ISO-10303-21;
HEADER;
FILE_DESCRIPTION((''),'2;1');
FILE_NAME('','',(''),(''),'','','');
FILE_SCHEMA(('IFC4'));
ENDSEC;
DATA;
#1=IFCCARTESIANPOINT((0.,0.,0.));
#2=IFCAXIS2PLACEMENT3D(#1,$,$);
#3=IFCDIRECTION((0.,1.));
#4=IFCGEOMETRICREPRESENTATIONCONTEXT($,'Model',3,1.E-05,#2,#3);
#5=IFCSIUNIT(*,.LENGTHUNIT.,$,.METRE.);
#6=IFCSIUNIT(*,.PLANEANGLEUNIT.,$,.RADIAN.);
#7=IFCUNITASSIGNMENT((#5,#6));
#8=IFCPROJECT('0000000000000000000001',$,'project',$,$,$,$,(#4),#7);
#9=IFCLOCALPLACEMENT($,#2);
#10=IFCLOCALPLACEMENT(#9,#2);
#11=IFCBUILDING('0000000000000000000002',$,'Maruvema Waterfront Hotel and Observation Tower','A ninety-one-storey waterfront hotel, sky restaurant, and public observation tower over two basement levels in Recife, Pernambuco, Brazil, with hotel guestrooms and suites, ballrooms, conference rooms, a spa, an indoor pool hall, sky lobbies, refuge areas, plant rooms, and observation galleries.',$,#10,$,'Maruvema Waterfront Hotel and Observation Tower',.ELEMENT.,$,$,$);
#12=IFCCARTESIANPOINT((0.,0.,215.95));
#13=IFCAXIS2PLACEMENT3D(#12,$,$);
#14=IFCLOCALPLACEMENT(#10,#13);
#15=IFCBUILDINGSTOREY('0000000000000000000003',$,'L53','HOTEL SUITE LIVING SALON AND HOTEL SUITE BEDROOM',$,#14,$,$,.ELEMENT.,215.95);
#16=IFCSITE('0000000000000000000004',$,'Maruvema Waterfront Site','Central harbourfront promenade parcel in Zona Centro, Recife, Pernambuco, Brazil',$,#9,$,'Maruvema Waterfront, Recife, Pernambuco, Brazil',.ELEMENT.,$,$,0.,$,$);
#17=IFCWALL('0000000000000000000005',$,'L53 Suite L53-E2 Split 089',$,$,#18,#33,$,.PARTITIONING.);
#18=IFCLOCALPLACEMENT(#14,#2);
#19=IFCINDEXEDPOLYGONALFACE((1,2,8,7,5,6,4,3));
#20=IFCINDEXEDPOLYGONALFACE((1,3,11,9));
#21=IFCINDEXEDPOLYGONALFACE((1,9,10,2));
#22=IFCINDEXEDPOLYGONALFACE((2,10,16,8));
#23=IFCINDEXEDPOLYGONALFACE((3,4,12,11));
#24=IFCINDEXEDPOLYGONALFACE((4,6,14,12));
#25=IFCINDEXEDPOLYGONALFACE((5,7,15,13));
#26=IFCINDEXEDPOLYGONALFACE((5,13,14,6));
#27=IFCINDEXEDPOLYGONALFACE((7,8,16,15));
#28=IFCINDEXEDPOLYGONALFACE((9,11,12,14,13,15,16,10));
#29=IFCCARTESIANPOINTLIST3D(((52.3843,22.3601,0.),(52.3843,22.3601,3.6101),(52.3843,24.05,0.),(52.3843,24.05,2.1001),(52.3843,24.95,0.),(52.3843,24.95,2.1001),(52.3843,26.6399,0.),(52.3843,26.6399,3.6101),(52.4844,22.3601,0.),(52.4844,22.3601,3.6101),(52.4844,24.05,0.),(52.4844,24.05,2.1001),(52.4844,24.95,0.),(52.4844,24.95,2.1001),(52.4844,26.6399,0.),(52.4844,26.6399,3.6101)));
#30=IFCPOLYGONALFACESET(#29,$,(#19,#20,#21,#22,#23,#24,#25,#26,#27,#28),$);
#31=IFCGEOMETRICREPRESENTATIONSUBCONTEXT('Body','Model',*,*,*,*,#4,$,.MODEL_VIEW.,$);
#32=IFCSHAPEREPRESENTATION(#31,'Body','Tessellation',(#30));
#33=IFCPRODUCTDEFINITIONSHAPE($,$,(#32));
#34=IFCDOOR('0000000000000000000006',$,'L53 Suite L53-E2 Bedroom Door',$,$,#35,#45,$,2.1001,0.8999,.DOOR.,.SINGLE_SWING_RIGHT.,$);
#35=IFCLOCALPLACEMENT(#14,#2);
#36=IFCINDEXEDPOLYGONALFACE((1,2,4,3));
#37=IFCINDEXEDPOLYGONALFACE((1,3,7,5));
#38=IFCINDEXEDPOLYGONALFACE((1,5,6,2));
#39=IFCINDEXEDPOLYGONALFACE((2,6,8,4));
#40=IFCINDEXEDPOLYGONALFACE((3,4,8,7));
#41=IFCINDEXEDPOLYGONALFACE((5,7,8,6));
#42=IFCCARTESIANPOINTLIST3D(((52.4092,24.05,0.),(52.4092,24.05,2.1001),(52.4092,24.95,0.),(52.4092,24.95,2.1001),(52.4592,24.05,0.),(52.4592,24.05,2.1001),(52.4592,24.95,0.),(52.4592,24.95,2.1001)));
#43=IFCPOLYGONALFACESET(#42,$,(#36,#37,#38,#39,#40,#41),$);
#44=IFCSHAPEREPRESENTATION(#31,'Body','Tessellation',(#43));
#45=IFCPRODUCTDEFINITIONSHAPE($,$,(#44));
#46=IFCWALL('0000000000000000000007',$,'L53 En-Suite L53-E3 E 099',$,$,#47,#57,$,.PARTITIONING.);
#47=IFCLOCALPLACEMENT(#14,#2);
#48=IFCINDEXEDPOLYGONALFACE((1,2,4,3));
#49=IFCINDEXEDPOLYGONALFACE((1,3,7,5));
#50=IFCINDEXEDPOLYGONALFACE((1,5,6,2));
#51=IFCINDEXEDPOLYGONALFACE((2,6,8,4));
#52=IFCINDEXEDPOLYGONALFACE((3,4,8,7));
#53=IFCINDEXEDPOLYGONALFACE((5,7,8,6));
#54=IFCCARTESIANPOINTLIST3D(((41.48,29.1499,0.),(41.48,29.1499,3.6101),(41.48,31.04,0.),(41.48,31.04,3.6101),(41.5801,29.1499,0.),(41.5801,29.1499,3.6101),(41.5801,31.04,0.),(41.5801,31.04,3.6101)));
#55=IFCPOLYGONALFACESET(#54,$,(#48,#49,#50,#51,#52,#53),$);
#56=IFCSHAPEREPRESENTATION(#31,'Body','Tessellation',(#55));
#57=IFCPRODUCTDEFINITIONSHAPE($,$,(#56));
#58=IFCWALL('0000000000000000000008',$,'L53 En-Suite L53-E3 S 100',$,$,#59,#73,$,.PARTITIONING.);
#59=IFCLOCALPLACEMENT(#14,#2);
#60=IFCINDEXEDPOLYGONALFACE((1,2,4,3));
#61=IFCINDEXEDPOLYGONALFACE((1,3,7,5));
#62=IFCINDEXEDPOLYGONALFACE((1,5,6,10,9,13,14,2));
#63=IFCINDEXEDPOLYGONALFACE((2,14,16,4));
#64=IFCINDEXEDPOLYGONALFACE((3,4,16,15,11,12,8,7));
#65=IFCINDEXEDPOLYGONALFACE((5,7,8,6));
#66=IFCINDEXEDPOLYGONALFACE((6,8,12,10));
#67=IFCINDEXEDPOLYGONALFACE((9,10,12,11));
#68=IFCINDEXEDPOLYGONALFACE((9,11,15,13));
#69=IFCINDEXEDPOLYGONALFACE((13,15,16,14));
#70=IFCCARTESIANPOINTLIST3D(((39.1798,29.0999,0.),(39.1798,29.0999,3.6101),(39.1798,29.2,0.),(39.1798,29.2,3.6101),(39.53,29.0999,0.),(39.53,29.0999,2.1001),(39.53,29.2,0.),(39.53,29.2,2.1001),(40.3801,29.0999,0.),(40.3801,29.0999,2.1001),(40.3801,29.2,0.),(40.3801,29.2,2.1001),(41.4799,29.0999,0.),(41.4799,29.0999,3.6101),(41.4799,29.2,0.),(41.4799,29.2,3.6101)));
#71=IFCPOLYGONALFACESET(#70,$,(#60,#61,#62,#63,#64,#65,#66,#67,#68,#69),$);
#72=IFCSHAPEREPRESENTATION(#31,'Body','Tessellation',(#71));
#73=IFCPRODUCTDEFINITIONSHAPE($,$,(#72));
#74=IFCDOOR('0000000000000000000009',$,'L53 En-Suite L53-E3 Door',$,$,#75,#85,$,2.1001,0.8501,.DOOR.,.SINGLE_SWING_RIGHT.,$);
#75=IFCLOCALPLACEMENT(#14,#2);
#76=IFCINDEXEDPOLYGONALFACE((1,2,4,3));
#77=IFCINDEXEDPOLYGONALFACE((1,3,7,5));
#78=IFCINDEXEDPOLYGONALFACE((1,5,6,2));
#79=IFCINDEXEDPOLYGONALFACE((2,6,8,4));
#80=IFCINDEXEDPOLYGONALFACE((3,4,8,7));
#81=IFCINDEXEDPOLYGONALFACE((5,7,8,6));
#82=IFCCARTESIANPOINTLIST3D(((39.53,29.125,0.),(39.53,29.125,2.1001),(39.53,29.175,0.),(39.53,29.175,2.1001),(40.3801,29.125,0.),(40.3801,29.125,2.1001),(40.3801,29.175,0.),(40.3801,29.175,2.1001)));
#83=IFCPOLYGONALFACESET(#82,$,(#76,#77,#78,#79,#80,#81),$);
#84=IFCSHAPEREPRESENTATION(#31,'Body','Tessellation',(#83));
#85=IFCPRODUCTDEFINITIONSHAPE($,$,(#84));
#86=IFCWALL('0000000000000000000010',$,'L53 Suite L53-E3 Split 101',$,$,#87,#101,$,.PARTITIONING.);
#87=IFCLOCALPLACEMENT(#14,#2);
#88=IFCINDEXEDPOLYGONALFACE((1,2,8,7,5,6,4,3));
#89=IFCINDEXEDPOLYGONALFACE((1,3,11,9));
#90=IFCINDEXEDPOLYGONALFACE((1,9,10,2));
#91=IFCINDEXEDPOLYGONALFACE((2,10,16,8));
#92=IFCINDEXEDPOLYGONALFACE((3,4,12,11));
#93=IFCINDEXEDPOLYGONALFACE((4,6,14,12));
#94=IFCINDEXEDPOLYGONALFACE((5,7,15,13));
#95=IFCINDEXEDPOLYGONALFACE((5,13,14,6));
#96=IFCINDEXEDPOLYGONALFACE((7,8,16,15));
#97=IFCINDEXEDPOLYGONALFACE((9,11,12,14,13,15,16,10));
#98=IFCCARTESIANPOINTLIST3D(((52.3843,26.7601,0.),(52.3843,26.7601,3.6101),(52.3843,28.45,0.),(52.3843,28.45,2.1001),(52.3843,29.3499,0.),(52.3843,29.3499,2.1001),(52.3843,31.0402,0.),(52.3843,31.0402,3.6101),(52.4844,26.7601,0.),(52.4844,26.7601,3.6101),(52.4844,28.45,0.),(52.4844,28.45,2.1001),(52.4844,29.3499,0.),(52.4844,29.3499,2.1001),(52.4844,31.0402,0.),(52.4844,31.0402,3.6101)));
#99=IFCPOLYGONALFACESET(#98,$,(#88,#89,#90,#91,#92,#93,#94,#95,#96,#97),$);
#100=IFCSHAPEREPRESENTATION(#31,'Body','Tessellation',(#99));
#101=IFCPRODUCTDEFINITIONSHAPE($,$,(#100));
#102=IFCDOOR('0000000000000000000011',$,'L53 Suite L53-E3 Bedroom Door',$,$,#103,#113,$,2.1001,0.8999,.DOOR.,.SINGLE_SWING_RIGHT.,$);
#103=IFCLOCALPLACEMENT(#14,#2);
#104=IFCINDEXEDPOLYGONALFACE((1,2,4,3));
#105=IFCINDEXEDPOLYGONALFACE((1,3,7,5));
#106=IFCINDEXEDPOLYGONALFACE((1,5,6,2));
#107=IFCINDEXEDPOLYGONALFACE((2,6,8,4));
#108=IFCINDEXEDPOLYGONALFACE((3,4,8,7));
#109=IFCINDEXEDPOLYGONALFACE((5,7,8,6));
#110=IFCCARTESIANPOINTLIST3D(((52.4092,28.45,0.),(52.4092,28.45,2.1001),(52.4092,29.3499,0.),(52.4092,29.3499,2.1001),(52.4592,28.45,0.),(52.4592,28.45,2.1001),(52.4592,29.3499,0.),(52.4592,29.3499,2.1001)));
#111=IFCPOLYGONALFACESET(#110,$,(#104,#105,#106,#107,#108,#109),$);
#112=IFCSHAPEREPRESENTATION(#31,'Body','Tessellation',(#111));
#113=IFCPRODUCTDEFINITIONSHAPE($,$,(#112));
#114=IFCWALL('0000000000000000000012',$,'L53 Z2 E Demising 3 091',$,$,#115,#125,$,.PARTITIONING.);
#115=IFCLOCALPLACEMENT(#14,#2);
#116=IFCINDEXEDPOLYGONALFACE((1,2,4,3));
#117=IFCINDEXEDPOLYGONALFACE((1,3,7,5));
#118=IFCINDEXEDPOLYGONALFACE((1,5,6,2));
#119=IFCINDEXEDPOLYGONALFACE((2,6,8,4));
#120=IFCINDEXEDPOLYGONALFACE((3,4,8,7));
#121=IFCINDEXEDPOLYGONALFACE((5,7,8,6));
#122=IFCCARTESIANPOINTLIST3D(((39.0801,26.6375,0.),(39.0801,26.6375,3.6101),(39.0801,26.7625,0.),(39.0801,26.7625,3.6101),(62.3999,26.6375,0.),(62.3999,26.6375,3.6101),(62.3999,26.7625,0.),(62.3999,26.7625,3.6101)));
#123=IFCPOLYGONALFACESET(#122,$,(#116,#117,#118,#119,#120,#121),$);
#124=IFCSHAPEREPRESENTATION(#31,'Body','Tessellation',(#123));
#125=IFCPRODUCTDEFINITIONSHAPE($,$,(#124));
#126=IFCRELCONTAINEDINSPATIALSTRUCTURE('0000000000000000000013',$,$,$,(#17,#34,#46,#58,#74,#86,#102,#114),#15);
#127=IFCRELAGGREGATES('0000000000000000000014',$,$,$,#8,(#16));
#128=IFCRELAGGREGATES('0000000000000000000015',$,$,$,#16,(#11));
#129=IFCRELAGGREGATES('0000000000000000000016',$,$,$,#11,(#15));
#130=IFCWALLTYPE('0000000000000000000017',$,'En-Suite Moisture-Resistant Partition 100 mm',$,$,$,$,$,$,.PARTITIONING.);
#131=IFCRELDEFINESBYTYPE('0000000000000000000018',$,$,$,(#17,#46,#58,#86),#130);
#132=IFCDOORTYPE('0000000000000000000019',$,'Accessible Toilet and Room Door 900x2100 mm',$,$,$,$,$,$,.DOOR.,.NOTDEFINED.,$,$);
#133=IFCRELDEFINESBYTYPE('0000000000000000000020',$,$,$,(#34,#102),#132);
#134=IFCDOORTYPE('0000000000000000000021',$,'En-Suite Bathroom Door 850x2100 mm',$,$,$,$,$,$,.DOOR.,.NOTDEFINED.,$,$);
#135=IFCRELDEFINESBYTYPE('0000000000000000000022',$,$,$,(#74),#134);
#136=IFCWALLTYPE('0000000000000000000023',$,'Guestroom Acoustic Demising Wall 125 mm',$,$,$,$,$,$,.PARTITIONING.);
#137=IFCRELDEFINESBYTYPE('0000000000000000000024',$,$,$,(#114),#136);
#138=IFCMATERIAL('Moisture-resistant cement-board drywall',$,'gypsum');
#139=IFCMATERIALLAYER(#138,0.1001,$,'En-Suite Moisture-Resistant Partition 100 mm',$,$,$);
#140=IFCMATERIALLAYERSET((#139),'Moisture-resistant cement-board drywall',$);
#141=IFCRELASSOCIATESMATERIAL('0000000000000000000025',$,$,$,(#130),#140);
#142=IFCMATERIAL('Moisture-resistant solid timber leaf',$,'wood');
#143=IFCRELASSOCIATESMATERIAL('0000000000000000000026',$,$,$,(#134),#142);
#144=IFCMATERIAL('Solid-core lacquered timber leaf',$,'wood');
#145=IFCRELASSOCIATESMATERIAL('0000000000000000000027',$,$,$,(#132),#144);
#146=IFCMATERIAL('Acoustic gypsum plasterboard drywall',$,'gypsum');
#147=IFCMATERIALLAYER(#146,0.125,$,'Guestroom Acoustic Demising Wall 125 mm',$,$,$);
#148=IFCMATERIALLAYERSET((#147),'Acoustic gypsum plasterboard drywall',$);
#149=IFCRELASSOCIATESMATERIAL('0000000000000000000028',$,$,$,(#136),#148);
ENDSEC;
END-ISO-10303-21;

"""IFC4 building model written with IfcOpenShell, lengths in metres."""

from ifc_helpers import new_model, si_unit, direction, frame, frame_2d, origin, place, context, subcontext, project, spatial, rectangle, extrude, material, layer, layer_set, type_object, element, fill, save


model = new_model("IFC4")

# Units and contexts
model_context = context("Model", 3, precision=1e-05, world=origin(), true_north=direction((0.0, 1.0)))
body_context = subcontext(model_context, "Body", "Model", "MODEL_VIEW")
ifc_project = project(units=[si_unit("LENGTHUNIT", "METRE"), si_unit("PLANEANGLEUNIT", "RADIAN")], contexts=[model_context])

# Site, building, storey
site_placement = place(None, origin())
site = spatial("IfcSite", under=ifc_project, at=site_placement, Name="Maruvema Waterfront Site", Description="Central harbourfront promenade parcel in Zona Centro, Recife, Pernambuco, Brazil", LongName="Maruvema Waterfront, Recife, Pernambuco, Brazil", CompositionType="ELEMENT", RefElevation=0.0)
building_placement = place(site_placement, origin())
building = spatial("IfcBuilding", under=site, at=building_placement, Name="Maruvema Waterfront Hotel and Observation Tower", Description="A ninety-one-storey waterfront hotel, sky restaurant, and public observation tower over two basement levels in Recife, Pernambuco, Brazil, with hotel guestrooms and suites, ballrooms, conference rooms, a spa, an indoor pool hall, sky lobbies, refuge areas, plant rooms, and observation galleries.", LongName="Maruvema Waterfront Hotel and Observation Tower", CompositionType="ELEMENT")
storey_placement = place(building_placement, frame((0.0, 0.0, 215.95)))
storey = spatial("IfcBuildingStorey", under=building, at=storey_placement, Name="L53", Description="HOTEL SUITE LIVING SALON AND HOTEL SUITE BEDROOM", CompositionType="ELEMENT", Elevation=215.95)

# Shared definitions
ifc_material_1 = material(Name="Moisture-resistant cement-board drywall", Category="gypsum")
ifc_layer_1 = layer(ifc_material_1, 0.1001, Name="En-Suite Moisture-Resistant Partition 100 mm")
ifc_layer_set_1 = layer_set([ifc_layer_1], Name="Moisture-resistant cement-board drywall")
wall_type_1 = type_object("IfcWallType", Name="En-Suite Moisture-Resistant Partition 100 mm", PredefinedType="PARTITIONING", material=ifc_layer_set_1)

# Wall, opening, door
ifc_material_2 = material(Name="Moisture-resistant solid timber leaf", Category="wood")
door_type_1 = type_object("IfcDoorType", Name="En-Suite Bathroom Door 850x2100 mm", OperationType="NOTDEFINED", PredefinedType="DOOR", material=ifc_material_2)
wall_1_placement = place(storey_placement, frame((52.4343, 22.3601, 0.0), z_axis=(0.0, 0.0, 1.0), x_axis=(0.0, 1.0, 0.0)))
wall_1 = element("IfcWall", 1, at=wall_1_placement, inside=storey, type_object=wall_type_1, Name="L53 Suite L53-E2 Split 089", PredefinedType="PARTITIONING", context=body_context, shape_type="SweptSolid", body=[
    extrude(rectangle(XDim=4.2798, YDim=0.1001, at=frame_2d((2.1399, 0.0))), origin(), (0.0, 0.0, 1.0), 3.6101),
])
opening_1_placement = place(wall_1_placement, frame((1.6899, 0.0, 0.0)))
opening_1 = element("IfcOpeningElement", 2, at=opening_1_placement, cuts=wall_1, PredefinedType="OPENING", context=body_context, shape_type="SweptSolid", body=[
    extrude(rectangle(XDim=0.8999, YDim=2.1001, at=frame_2d((0.45, 1.05))), frame((0.0, 0.0601, 0.0), z_axis=(0.0, -1.0, 0.0), x_axis=(1.0, 0.0, 0.0)), (0.0, 0.0, 1.0), 0.1201),
])
ifc_material_3 = material(Name="Solid-core lacquered timber leaf", Category="wood")
door_type_2 = type_object("IfcDoorType", Name="Accessible Toilet and Room Door 900x2100 mm", OperationType="NOTDEFINED", PredefinedType="DOOR", material=ifc_material_3)
door_1_placement = place(opening_1_placement, frame((0.8999, 0.0, 0.0), z_axis=(0.0, 0.0, 1.0), x_axis=(-1.0, 0.0, 0.0)))
door_1 = element("IfcDoor", 3, at=door_1_placement, inside=storey, type_object=door_type_2, Name="L53 Suite L53-E2 Bedroom Door", OperationType="SINGLE_SWING_RIGHT", OverallHeight=2.1001, OverallWidth=0.8999, PredefinedType="DOOR", context=body_context, shape_type="SweptSolid", body=[
    extrude(rectangle(XDim=0.8999, YDim=2.1001, at=frame_2d((0.45, 1.05))), frame((0.0, 0.0249, 0.0), z_axis=(0.0, -1.0, 0.0), x_axis=(1.0, 0.0, 0.0)), (0.0, 0.0, 1.0), 0.05),
])
fill(opening_1, door_1)

# Wall
wall_2_placement = place(storey_placement, frame((41.53, 29.1499, 0.0), z_axis=(0.0, 0.0, 1.0), x_axis=(0.0, 1.0, 0.0)))
element("IfcWall", 4, at=wall_2_placement, inside=storey, type_object=wall_type_1, Name="L53 En-Suite L53-E3 E 099", PredefinedType="PARTITIONING", context=body_context, shape_type="SweptSolid", body=[
    extrude(rectangle(XDim=1.8901, YDim=0.1001, at=frame_2d((0.9451, 0.0))), origin(), (0.0, 0.0, 1.0), 3.6101),
])

# Walls, openings, doors
wall_3_placement = place(storey_placement, frame((39.1799, 29.1499, 0.0), z_axis=(0.0, 0.0, 1.0), x_axis=(1.0, 0.0, 0.0)))
wall_3 = element("IfcWall", 5, at=wall_3_placement, inside=storey, type_object=wall_type_1, Name="L53 En-Suite L53-E3 S 100", PredefinedType="PARTITIONING", context=body_context, shape_type="SweptSolid", body=[
    extrude(rectangle(XDim=2.3, YDim=0.1001, at=frame_2d((1.1499, 0.0))), origin(), (0.0, 0.0, 1.0), 3.6101),
])
opening_2_placement = place(wall_3_placement, frame((0.3501, 0.0, 0.0)))
opening_2 = element("IfcOpeningElement", 6, at=opening_2_placement, cuts=wall_3, PredefinedType="OPENING", context=body_context, shape_type="SweptSolid", body=[
    extrude(rectangle(XDim=0.8501, YDim=2.1001, at=frame_2d((0.425, 1.05))), frame((0.0, 0.0601, 0.0), z_axis=(0.0, -1.0, 0.0), x_axis=(1.0, 0.0, 0.0)), (0.0, 0.0, 1.0), 0.1201),
])
door_2_placement = place(opening_2_placement, frame((0.8501, 0.0, 0.0), z_axis=(0.0, 0.0, 1.0), x_axis=(-1.0, 0.0, 0.0)))
door_2 = element("IfcDoor", 7, at=door_2_placement, inside=storey, type_object=door_type_1, Name="L53 En-Suite L53-E3 Door", OperationType="SINGLE_SWING_RIGHT", OverallHeight=2.1001, OverallWidth=0.8501, PredefinedType="DOOR", context=body_context, shape_type="SweptSolid", body=[
    extrude(rectangle(XDim=0.8501, YDim=2.1001, at=frame_2d((0.425, 1.05))), frame((0.0, 0.0249, 0.0), z_axis=(0.0, -1.0, 0.0), x_axis=(1.0, 0.0, 0.0)), (0.0, 0.0, 1.0), 0.05),
])
fill(opening_2, door_2)
wall_4_placement = place(storey_placement, frame((52.4343, 26.76, 0.0), z_axis=(0.0, 0.0, 1.0), x_axis=(0.0, 1.0, 0.0)))
wall_4 = element("IfcWall", 8, at=wall_4_placement, inside=storey, type_object=wall_type_1, Name="L53 Suite L53-E3 Split 101", PredefinedType="PARTITIONING", context=body_context, shape_type="SweptSolid", body=[
    extrude(rectangle(XDim=4.28, YDim=0.1001, at=frame_2d((2.1401, 0.0))), origin(), (0.0, 0.0, 1.0), 3.6101),
])
opening_3_placement = place(wall_4_placement, frame((1.6899, 0.0, 0.0)))
opening_3 = element("IfcOpeningElement", 9, at=opening_3_placement, cuts=wall_4, PredefinedType="OPENING", context=body_context, shape_type="SweptSolid", body=[
    extrude(rectangle(XDim=0.8999, YDim=2.1001, at=frame_2d((0.45, 1.05))), frame((0.0, 0.0601, 0.0), z_axis=(0.0, -1.0, 0.0), x_axis=(1.0, 0.0, 0.0)), (0.0, 0.0, 1.0), 0.1201),
])
door_3_placement = place(opening_3_placement, frame((0.8999, 0.0, 0.0), z_axis=(0.0, 0.0, 1.0), x_axis=(-1.0, 0.0, 0.0)))
door_3 = element("IfcDoor", 10, at=door_3_placement, inside=storey, type_object=door_type_2, Name="L53 Suite L53-E3 Bedroom Door", OperationType="SINGLE_SWING_RIGHT", OverallHeight=2.1001, OverallWidth=0.8999, PredefinedType="DOOR", context=body_context, shape_type="SweptSolid", body=[
    extrude(rectangle(XDim=0.8999, YDim=2.1001, at=frame_2d((0.45, 1.05))), frame((0.0, 0.0249, 0.0), z_axis=(0.0, -1.0, 0.0), x_axis=(1.0, 0.0, 0.0)), (0.0, 0.0, 1.0), 0.05),
])
fill(opening_3, door_3)

# Wall
ifc_material_4 = material(Name="Acoustic gypsum plasterboard drywall", Category="gypsum")
ifc_layer_2 = layer(ifc_material_4, 0.125, Name="Guestroom Acoustic Demising Wall 125 mm")
ifc_layer_set_2 = layer_set([ifc_layer_2], Name="Acoustic gypsum plasterboard drywall")
wall_type_2 = type_object("IfcWallType", Name="Guestroom Acoustic Demising Wall 125 mm", PredefinedType="PARTITIONING", material=ifc_layer_set_2)
wall_5_placement = place(storey_placement, frame((39.0801, 26.7, 0.0), z_axis=(0.0, 0.0, 1.0), x_axis=(1.0, 0.0, 0.0)))
element("IfcWall", 11, at=wall_5_placement, inside=storey, type_object=wall_type_2, Name="L53 Z2 E Demising 3 091", PredefinedType="PARTITIONING", context=body_context, shape_type="SweptSolid", body=[
    extrude(rectangle(XDim=23.3198, YDim=0.125, at=frame_2d((11.6599, 0.0))), origin(), (0.0, 0.0, 1.0), 3.6101),
])

save(model, "model.ifc")
